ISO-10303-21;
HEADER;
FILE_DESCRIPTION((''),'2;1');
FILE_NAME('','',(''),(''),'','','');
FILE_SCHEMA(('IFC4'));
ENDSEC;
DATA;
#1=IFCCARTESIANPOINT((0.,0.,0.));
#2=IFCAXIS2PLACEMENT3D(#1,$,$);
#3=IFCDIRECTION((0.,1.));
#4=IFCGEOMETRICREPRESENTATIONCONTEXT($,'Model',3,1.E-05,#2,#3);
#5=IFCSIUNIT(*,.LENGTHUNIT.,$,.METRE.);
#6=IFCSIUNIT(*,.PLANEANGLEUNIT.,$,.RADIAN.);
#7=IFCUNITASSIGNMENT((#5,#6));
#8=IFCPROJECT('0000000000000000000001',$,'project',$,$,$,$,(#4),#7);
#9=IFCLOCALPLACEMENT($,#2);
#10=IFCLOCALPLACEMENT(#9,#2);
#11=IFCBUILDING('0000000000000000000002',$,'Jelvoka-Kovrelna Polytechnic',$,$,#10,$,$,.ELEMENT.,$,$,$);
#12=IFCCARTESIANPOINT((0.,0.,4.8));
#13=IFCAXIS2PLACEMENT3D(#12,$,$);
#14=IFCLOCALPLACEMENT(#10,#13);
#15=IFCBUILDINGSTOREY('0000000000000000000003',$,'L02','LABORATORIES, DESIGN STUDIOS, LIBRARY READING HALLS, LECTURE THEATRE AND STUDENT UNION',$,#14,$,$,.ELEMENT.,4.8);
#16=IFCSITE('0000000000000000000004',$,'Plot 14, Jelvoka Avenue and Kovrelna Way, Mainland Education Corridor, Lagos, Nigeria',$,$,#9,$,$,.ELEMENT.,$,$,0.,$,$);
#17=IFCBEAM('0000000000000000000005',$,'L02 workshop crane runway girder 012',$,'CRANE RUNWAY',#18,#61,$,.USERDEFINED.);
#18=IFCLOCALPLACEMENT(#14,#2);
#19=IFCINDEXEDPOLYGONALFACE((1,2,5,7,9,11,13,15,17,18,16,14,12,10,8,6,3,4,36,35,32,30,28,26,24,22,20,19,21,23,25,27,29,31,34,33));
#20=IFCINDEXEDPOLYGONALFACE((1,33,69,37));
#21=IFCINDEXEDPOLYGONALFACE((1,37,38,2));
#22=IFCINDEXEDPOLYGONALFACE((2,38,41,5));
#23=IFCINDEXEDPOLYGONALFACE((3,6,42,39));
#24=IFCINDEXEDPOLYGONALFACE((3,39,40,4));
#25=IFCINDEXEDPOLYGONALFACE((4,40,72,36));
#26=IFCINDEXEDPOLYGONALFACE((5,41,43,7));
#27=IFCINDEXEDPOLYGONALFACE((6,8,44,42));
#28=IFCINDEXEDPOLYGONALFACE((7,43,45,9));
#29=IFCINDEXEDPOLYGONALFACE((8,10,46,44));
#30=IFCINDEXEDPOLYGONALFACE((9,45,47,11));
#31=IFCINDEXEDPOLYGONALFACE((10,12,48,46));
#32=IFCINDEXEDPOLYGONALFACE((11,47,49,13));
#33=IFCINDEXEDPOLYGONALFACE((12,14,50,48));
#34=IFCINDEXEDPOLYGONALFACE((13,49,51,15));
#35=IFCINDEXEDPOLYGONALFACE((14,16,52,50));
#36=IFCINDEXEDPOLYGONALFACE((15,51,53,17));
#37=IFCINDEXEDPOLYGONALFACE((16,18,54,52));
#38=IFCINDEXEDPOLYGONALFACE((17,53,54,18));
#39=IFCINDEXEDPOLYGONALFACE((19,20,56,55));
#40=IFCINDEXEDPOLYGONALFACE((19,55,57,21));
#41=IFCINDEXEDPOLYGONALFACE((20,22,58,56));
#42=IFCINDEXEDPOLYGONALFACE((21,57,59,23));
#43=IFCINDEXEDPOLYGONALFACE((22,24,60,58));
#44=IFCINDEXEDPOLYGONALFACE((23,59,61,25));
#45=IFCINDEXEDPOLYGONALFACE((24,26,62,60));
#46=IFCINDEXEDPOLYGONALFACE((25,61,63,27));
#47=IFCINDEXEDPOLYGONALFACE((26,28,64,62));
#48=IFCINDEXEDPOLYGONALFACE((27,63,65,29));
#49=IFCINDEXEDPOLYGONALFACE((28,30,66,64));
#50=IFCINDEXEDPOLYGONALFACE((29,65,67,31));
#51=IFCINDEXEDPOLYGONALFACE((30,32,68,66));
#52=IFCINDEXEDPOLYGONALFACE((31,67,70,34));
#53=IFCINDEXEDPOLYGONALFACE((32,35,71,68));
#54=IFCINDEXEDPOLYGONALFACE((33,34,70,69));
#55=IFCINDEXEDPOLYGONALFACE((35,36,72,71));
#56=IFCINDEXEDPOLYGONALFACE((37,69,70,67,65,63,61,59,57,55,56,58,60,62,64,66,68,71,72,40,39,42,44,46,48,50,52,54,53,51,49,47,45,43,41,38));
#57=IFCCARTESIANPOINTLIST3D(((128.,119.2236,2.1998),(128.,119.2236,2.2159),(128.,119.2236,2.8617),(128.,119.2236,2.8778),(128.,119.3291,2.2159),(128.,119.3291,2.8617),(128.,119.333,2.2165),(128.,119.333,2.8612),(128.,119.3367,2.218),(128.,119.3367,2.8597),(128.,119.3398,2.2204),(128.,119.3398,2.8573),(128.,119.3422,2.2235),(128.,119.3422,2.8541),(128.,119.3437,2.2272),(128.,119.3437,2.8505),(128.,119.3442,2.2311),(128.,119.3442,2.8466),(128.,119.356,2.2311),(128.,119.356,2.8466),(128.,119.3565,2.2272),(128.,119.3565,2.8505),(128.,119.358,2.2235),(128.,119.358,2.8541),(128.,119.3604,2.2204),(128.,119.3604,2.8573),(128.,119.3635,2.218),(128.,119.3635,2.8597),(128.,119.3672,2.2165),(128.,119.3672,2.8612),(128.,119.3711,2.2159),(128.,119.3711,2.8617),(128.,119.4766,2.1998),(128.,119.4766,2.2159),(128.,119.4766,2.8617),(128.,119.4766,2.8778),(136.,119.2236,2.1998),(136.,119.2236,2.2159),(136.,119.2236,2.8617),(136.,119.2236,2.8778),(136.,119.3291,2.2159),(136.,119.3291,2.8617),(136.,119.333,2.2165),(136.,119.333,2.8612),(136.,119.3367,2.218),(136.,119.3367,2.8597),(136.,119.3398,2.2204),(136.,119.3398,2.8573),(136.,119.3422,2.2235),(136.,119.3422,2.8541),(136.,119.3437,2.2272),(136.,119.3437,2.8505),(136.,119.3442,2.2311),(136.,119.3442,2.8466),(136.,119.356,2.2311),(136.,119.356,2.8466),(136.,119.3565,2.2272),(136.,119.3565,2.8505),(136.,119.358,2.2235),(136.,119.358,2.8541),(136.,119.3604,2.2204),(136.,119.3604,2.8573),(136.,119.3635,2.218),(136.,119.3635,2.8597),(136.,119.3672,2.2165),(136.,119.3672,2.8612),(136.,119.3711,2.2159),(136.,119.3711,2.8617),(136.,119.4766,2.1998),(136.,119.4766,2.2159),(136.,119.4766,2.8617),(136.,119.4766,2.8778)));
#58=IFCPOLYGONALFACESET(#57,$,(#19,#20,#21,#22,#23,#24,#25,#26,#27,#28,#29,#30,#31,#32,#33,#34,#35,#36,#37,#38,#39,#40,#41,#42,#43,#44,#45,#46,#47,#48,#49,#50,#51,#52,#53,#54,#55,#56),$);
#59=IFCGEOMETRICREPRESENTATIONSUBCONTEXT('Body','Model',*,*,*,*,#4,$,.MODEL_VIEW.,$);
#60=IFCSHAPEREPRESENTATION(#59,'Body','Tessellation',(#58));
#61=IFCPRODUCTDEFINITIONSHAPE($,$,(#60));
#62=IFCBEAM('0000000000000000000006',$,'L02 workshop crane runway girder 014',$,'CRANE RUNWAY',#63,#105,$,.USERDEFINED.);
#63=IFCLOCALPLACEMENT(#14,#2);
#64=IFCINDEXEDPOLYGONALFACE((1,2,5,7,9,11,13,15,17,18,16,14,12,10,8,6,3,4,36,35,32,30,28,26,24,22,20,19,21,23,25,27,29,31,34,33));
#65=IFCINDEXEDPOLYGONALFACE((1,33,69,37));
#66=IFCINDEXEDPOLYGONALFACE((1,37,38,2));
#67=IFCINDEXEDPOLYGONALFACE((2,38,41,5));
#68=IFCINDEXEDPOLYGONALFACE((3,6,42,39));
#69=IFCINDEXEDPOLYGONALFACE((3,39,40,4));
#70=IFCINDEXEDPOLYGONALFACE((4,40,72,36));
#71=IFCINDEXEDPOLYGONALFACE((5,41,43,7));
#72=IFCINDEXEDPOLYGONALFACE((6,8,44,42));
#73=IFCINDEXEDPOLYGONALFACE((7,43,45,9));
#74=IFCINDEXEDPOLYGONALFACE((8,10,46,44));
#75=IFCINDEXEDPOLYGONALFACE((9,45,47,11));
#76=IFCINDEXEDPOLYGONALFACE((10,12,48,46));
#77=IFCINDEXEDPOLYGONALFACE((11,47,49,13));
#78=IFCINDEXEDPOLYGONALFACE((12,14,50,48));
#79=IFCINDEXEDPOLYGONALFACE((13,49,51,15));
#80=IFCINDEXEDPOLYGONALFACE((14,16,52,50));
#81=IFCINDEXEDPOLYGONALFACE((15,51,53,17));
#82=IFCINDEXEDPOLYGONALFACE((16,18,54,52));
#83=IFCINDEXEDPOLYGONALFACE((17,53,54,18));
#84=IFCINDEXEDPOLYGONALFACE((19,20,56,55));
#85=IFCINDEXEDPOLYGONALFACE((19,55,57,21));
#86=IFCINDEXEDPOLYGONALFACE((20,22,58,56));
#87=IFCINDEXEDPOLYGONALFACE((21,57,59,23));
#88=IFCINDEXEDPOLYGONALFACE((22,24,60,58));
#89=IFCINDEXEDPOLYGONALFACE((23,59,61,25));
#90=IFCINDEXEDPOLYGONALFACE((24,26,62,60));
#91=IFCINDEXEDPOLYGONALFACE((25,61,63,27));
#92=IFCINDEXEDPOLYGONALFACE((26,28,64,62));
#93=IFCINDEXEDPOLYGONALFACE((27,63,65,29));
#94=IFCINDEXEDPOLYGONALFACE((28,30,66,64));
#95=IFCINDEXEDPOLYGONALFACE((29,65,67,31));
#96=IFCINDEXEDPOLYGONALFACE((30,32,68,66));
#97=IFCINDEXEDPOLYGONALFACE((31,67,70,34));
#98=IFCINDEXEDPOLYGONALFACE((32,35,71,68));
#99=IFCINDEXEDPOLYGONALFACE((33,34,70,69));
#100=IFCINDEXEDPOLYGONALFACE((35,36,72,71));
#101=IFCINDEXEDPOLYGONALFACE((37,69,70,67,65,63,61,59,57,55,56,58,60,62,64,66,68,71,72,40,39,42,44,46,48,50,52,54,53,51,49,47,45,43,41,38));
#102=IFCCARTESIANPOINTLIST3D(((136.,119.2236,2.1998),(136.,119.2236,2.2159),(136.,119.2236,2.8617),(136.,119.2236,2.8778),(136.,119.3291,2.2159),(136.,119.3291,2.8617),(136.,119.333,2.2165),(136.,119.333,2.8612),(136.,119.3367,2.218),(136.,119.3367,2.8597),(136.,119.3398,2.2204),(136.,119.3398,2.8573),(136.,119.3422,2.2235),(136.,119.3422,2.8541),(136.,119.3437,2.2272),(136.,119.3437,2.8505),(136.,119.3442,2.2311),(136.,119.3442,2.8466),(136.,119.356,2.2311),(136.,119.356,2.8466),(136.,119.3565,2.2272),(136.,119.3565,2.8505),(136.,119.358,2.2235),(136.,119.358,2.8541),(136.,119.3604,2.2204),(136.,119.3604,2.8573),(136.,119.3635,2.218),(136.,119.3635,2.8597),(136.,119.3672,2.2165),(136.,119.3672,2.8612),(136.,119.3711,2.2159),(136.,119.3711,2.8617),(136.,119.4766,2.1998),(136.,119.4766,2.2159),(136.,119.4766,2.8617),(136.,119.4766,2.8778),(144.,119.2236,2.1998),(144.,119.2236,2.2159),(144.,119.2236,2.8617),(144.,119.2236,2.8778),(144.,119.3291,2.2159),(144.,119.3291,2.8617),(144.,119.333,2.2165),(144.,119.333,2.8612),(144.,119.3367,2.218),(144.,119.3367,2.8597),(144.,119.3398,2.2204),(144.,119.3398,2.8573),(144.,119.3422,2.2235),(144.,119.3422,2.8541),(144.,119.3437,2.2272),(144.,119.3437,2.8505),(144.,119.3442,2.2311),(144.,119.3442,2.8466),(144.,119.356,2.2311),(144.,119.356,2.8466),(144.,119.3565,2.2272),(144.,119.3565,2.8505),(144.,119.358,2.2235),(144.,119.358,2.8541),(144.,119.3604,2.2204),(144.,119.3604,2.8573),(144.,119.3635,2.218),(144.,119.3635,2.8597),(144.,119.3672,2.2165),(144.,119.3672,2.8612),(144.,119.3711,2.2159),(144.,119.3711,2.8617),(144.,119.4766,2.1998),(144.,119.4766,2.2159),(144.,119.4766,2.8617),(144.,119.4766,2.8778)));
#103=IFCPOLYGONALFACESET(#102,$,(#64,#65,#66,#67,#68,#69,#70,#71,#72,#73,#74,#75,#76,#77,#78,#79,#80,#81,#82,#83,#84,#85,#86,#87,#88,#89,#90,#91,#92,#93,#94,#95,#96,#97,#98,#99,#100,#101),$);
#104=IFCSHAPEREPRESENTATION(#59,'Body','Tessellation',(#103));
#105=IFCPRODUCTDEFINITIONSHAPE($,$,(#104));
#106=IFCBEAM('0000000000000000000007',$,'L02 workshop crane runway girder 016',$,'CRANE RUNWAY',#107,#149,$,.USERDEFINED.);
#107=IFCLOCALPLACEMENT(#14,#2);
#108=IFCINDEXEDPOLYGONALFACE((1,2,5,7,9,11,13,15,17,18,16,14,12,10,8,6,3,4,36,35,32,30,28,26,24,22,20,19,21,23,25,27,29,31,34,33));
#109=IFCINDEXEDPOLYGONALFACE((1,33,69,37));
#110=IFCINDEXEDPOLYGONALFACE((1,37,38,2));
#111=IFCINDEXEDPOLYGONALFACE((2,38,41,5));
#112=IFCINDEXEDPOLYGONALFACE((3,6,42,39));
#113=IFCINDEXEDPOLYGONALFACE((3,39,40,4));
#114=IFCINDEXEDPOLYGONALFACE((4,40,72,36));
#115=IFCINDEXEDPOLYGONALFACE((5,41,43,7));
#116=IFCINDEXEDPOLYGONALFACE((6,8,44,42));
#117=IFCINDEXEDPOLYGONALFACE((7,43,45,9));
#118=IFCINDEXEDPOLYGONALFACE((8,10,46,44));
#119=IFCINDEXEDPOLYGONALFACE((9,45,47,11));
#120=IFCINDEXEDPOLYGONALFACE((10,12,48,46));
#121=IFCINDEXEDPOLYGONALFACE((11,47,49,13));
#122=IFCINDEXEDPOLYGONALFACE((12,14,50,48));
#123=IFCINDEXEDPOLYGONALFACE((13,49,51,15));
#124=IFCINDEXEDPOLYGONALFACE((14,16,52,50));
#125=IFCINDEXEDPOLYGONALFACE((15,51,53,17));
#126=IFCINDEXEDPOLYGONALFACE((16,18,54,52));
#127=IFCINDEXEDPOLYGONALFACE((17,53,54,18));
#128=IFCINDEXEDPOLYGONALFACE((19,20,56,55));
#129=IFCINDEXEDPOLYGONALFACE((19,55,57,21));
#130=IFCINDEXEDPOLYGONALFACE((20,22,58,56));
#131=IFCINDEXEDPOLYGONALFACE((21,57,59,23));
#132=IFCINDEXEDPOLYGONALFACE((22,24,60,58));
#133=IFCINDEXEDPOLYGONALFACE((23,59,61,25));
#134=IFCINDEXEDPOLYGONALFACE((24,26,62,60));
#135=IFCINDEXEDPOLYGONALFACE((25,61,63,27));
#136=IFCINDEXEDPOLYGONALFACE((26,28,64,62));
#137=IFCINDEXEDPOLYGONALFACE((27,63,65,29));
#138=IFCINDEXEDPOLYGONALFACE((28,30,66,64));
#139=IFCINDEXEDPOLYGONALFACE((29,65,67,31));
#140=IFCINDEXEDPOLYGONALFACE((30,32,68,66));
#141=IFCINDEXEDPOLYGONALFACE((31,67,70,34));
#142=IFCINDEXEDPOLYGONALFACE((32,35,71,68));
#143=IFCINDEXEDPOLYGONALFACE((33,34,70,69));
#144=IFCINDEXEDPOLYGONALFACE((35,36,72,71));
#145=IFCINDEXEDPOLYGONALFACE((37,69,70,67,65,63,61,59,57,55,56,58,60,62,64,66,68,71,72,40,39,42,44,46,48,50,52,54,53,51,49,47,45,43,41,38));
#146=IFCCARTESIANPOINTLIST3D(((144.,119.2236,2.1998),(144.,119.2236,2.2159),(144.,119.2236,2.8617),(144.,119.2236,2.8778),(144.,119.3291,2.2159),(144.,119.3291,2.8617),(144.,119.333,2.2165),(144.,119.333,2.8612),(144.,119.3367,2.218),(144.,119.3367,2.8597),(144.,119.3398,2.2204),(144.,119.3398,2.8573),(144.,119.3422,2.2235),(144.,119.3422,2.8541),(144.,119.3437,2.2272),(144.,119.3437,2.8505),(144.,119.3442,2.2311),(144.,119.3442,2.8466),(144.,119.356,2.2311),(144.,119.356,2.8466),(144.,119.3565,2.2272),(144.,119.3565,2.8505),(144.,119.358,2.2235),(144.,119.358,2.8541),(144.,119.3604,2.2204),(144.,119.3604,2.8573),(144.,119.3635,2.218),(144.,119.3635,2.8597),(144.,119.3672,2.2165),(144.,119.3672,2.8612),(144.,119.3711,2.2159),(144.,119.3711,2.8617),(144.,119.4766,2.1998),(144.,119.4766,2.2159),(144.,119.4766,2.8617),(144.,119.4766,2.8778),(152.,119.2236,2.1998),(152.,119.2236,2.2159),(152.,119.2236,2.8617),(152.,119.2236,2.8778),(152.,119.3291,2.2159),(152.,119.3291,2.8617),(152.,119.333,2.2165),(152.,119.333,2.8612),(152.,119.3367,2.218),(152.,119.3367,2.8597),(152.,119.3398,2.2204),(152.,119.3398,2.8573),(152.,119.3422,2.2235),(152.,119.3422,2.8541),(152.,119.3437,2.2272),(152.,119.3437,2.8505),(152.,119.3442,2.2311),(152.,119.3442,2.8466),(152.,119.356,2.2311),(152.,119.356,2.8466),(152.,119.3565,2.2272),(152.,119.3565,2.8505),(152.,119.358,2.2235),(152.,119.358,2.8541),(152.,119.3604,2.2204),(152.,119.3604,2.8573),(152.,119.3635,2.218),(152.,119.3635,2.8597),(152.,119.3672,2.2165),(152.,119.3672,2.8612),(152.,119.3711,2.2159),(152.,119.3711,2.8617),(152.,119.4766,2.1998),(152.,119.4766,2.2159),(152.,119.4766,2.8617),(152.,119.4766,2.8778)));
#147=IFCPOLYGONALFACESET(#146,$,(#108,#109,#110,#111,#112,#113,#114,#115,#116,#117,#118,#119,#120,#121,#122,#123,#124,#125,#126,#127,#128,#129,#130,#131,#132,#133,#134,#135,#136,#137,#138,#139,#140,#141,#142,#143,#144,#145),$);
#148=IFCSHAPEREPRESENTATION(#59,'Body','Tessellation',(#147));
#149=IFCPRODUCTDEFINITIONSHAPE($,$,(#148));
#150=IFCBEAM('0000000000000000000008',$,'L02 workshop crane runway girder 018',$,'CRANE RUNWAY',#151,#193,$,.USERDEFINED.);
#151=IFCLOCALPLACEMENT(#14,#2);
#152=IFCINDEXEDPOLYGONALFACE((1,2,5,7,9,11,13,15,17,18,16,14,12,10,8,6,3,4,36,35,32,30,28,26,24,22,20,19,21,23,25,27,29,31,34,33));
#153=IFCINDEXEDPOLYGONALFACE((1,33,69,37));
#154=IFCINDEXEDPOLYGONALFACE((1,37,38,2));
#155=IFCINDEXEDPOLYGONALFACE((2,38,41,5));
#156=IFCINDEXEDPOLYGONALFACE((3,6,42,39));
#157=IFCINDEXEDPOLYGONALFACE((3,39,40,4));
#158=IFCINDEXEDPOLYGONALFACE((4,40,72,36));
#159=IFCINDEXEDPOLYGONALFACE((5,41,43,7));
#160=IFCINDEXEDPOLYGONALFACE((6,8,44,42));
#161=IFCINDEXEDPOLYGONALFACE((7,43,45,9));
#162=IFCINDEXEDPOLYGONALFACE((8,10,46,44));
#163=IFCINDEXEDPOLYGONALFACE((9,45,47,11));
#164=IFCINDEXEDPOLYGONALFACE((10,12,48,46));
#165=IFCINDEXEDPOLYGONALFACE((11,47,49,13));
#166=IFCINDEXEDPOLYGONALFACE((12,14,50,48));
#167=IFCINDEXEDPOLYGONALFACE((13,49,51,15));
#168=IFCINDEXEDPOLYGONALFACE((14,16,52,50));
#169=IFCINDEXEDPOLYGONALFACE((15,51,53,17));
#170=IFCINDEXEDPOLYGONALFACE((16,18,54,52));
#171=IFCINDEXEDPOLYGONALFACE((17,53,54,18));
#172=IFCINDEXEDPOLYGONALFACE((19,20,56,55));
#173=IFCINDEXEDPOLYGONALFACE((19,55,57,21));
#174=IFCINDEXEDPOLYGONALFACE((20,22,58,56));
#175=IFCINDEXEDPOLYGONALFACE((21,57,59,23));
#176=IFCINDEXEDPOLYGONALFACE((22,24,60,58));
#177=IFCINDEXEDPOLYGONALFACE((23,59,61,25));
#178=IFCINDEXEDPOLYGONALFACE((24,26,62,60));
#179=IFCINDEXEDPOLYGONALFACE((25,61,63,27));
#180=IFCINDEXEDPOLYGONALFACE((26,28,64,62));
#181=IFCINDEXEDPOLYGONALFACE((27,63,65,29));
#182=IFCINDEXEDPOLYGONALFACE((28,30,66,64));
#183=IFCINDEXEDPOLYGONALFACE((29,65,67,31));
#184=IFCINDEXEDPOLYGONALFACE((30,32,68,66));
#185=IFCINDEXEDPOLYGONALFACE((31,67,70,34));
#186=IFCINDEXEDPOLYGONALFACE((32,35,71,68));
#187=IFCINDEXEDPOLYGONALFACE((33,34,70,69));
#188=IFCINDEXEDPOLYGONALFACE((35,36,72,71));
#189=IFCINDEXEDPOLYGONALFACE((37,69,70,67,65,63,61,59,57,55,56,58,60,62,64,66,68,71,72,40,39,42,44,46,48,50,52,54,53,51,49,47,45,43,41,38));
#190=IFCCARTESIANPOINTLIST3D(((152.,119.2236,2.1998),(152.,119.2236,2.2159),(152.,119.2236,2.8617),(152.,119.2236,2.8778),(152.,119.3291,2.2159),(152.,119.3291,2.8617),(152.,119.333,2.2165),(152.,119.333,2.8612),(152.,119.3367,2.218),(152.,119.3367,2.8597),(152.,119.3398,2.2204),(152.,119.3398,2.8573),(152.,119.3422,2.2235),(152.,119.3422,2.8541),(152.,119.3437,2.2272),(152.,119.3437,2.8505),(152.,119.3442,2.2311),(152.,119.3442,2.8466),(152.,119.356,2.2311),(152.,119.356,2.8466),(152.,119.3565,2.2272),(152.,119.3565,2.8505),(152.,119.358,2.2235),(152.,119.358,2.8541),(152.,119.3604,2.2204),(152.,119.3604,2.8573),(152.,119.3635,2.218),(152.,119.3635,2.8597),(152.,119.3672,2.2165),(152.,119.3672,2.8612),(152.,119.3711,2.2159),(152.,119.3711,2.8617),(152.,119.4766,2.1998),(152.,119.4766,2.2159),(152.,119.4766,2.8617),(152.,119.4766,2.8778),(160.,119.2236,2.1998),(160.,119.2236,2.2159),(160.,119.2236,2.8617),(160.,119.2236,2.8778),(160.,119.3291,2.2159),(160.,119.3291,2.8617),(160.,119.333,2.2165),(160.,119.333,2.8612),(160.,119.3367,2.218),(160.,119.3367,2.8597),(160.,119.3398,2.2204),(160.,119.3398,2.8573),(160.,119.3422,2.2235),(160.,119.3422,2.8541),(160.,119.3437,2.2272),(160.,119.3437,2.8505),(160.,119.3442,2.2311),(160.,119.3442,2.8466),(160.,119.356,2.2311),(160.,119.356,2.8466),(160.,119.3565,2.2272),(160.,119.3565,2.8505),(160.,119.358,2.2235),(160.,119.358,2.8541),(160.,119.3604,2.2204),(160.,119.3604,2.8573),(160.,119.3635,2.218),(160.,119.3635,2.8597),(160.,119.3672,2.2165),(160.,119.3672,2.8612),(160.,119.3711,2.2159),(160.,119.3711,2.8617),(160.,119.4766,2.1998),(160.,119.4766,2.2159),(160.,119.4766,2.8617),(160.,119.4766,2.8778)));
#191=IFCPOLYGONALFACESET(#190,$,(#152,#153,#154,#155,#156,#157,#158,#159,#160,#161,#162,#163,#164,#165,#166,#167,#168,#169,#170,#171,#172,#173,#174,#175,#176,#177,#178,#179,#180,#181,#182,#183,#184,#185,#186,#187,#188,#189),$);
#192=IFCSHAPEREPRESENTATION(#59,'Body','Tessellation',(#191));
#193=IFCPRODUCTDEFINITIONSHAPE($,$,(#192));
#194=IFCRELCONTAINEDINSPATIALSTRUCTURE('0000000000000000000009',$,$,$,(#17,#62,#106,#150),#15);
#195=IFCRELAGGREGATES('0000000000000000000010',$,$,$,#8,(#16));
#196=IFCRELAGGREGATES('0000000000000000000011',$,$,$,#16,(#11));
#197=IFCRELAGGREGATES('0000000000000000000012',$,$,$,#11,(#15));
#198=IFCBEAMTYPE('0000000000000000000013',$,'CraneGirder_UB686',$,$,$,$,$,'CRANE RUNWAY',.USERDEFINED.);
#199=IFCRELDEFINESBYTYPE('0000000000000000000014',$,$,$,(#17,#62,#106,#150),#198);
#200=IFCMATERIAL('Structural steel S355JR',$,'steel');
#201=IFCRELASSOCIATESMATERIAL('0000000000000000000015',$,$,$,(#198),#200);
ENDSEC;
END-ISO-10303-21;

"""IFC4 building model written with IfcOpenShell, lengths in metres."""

from ifc_helpers import new_model, si_unit, direction, frame, origin, origin_2d, place, context, subcontext, project, spatial, i_section, extrude, material, material_profile, profile_set, type_object, element, save


model = new_model("IFC4")

# Units and contexts
model_context = context("Model", 3, precision=1e-05, world=origin(), true_north=direction((0.0, 1.0)))
body_context = subcontext(model_context, "Body", "Model", "MODEL_VIEW")
ifc_project = project(units=[si_unit("LENGTHUNIT", "METRE"), si_unit("PLANEANGLEUNIT", "RADIAN")], contexts=[model_context])

# Site, building, storey
site_placement = place(None, origin())
site = spatial("IfcSite", under=ifc_project, at=site_placement, Name="Plot 14, Jelvoka Avenue and Kovrelna Way, Mainland Education Corridor, Lagos, Nigeria", CompositionType="ELEMENT", RefElevation=0.0)
building_placement = place(site_placement, origin())
building = spatial("IfcBuilding", under=site, at=building_placement, Name="Jelvoka-Kovrelna Polytechnic", CompositionType="ELEMENT")
storey_placement = place(building_placement, frame((0.0, 0.0, 4.8)))
storey = spatial("IfcBuildingStorey", under=building, at=storey_placement, Name="L02", Description="LABORATORIES, DESIGN STUDIOS, LIBRARY READING HALLS, LECTURE THEATRE AND STUDENT UNION", CompositionType="ELEMENT", Elevation=4.8)

# Beams
ifc_material_1 = material(Name="Structural steel S355JR", Category="steel")
ifc_material_profile_1 = material_profile(ifc_material_1, i_section(OverallWidth=0.2529, OverallDepth=0.678, WebThickness=0.0117, FlangeThickness=0.0161, FilletRadius=0.0151, at=origin_2d()), Name="686x254x125 UB")
ifc_profile_set_1 = profile_set([ifc_material_profile_1], Name="Structural steel S355JR")
beam_type_1 = type_object("IfcBeamType", Name="CraneGirder_UB686", ElementType="CRANE RUNWAY", PredefinedType="USERDEFINED", material=ifc_profile_set_1)
for number, where, z_axis, x_axis, name in (
    (1, (128.0, 119.3501, 2.5388), (1.0, 0.0, 0.0), (0.0, 1.0, 0.0), "L02 workshop crane runway girder 012"),
    (2, (136.0, 119.3501, 2.5388), (1.0, 0.0, 0.0), (0.0, 1.0, 0.0), "L02 workshop crane runway girder 014"),
    (3, (144.0, 119.3501, 2.5388), (1.0, 0.0, 0.0), (0.0, 1.0, 0.0), "L02 workshop crane runway girder 016"),
    (4, (152.0, 119.3501, 2.5388), (1.0, 0.0, 0.0), (0.0, 1.0, 0.0), "L02 workshop crane runway girder 018"),
):
    element("IfcBeam", number, at=place(storey_placement, frame(where, z_axis=z_axis, x_axis=x_axis)), inside=storey, type_object=beam_type_1, Name=name, ObjectType="CRANE RUNWAY", PredefinedType="USERDEFINED", context=body_context, shape_type="SweptSolid", body=[
        extrude(i_section(OverallWidth=0.2529, OverallDepth=0.678, WebThickness=0.0117, FlangeThickness=0.0161, FilletRadius=0.0151, at=origin_2d()), origin(), (0.0, 0.0, 1.0), 8.0),
    ])

save(model, "model.ifc")
